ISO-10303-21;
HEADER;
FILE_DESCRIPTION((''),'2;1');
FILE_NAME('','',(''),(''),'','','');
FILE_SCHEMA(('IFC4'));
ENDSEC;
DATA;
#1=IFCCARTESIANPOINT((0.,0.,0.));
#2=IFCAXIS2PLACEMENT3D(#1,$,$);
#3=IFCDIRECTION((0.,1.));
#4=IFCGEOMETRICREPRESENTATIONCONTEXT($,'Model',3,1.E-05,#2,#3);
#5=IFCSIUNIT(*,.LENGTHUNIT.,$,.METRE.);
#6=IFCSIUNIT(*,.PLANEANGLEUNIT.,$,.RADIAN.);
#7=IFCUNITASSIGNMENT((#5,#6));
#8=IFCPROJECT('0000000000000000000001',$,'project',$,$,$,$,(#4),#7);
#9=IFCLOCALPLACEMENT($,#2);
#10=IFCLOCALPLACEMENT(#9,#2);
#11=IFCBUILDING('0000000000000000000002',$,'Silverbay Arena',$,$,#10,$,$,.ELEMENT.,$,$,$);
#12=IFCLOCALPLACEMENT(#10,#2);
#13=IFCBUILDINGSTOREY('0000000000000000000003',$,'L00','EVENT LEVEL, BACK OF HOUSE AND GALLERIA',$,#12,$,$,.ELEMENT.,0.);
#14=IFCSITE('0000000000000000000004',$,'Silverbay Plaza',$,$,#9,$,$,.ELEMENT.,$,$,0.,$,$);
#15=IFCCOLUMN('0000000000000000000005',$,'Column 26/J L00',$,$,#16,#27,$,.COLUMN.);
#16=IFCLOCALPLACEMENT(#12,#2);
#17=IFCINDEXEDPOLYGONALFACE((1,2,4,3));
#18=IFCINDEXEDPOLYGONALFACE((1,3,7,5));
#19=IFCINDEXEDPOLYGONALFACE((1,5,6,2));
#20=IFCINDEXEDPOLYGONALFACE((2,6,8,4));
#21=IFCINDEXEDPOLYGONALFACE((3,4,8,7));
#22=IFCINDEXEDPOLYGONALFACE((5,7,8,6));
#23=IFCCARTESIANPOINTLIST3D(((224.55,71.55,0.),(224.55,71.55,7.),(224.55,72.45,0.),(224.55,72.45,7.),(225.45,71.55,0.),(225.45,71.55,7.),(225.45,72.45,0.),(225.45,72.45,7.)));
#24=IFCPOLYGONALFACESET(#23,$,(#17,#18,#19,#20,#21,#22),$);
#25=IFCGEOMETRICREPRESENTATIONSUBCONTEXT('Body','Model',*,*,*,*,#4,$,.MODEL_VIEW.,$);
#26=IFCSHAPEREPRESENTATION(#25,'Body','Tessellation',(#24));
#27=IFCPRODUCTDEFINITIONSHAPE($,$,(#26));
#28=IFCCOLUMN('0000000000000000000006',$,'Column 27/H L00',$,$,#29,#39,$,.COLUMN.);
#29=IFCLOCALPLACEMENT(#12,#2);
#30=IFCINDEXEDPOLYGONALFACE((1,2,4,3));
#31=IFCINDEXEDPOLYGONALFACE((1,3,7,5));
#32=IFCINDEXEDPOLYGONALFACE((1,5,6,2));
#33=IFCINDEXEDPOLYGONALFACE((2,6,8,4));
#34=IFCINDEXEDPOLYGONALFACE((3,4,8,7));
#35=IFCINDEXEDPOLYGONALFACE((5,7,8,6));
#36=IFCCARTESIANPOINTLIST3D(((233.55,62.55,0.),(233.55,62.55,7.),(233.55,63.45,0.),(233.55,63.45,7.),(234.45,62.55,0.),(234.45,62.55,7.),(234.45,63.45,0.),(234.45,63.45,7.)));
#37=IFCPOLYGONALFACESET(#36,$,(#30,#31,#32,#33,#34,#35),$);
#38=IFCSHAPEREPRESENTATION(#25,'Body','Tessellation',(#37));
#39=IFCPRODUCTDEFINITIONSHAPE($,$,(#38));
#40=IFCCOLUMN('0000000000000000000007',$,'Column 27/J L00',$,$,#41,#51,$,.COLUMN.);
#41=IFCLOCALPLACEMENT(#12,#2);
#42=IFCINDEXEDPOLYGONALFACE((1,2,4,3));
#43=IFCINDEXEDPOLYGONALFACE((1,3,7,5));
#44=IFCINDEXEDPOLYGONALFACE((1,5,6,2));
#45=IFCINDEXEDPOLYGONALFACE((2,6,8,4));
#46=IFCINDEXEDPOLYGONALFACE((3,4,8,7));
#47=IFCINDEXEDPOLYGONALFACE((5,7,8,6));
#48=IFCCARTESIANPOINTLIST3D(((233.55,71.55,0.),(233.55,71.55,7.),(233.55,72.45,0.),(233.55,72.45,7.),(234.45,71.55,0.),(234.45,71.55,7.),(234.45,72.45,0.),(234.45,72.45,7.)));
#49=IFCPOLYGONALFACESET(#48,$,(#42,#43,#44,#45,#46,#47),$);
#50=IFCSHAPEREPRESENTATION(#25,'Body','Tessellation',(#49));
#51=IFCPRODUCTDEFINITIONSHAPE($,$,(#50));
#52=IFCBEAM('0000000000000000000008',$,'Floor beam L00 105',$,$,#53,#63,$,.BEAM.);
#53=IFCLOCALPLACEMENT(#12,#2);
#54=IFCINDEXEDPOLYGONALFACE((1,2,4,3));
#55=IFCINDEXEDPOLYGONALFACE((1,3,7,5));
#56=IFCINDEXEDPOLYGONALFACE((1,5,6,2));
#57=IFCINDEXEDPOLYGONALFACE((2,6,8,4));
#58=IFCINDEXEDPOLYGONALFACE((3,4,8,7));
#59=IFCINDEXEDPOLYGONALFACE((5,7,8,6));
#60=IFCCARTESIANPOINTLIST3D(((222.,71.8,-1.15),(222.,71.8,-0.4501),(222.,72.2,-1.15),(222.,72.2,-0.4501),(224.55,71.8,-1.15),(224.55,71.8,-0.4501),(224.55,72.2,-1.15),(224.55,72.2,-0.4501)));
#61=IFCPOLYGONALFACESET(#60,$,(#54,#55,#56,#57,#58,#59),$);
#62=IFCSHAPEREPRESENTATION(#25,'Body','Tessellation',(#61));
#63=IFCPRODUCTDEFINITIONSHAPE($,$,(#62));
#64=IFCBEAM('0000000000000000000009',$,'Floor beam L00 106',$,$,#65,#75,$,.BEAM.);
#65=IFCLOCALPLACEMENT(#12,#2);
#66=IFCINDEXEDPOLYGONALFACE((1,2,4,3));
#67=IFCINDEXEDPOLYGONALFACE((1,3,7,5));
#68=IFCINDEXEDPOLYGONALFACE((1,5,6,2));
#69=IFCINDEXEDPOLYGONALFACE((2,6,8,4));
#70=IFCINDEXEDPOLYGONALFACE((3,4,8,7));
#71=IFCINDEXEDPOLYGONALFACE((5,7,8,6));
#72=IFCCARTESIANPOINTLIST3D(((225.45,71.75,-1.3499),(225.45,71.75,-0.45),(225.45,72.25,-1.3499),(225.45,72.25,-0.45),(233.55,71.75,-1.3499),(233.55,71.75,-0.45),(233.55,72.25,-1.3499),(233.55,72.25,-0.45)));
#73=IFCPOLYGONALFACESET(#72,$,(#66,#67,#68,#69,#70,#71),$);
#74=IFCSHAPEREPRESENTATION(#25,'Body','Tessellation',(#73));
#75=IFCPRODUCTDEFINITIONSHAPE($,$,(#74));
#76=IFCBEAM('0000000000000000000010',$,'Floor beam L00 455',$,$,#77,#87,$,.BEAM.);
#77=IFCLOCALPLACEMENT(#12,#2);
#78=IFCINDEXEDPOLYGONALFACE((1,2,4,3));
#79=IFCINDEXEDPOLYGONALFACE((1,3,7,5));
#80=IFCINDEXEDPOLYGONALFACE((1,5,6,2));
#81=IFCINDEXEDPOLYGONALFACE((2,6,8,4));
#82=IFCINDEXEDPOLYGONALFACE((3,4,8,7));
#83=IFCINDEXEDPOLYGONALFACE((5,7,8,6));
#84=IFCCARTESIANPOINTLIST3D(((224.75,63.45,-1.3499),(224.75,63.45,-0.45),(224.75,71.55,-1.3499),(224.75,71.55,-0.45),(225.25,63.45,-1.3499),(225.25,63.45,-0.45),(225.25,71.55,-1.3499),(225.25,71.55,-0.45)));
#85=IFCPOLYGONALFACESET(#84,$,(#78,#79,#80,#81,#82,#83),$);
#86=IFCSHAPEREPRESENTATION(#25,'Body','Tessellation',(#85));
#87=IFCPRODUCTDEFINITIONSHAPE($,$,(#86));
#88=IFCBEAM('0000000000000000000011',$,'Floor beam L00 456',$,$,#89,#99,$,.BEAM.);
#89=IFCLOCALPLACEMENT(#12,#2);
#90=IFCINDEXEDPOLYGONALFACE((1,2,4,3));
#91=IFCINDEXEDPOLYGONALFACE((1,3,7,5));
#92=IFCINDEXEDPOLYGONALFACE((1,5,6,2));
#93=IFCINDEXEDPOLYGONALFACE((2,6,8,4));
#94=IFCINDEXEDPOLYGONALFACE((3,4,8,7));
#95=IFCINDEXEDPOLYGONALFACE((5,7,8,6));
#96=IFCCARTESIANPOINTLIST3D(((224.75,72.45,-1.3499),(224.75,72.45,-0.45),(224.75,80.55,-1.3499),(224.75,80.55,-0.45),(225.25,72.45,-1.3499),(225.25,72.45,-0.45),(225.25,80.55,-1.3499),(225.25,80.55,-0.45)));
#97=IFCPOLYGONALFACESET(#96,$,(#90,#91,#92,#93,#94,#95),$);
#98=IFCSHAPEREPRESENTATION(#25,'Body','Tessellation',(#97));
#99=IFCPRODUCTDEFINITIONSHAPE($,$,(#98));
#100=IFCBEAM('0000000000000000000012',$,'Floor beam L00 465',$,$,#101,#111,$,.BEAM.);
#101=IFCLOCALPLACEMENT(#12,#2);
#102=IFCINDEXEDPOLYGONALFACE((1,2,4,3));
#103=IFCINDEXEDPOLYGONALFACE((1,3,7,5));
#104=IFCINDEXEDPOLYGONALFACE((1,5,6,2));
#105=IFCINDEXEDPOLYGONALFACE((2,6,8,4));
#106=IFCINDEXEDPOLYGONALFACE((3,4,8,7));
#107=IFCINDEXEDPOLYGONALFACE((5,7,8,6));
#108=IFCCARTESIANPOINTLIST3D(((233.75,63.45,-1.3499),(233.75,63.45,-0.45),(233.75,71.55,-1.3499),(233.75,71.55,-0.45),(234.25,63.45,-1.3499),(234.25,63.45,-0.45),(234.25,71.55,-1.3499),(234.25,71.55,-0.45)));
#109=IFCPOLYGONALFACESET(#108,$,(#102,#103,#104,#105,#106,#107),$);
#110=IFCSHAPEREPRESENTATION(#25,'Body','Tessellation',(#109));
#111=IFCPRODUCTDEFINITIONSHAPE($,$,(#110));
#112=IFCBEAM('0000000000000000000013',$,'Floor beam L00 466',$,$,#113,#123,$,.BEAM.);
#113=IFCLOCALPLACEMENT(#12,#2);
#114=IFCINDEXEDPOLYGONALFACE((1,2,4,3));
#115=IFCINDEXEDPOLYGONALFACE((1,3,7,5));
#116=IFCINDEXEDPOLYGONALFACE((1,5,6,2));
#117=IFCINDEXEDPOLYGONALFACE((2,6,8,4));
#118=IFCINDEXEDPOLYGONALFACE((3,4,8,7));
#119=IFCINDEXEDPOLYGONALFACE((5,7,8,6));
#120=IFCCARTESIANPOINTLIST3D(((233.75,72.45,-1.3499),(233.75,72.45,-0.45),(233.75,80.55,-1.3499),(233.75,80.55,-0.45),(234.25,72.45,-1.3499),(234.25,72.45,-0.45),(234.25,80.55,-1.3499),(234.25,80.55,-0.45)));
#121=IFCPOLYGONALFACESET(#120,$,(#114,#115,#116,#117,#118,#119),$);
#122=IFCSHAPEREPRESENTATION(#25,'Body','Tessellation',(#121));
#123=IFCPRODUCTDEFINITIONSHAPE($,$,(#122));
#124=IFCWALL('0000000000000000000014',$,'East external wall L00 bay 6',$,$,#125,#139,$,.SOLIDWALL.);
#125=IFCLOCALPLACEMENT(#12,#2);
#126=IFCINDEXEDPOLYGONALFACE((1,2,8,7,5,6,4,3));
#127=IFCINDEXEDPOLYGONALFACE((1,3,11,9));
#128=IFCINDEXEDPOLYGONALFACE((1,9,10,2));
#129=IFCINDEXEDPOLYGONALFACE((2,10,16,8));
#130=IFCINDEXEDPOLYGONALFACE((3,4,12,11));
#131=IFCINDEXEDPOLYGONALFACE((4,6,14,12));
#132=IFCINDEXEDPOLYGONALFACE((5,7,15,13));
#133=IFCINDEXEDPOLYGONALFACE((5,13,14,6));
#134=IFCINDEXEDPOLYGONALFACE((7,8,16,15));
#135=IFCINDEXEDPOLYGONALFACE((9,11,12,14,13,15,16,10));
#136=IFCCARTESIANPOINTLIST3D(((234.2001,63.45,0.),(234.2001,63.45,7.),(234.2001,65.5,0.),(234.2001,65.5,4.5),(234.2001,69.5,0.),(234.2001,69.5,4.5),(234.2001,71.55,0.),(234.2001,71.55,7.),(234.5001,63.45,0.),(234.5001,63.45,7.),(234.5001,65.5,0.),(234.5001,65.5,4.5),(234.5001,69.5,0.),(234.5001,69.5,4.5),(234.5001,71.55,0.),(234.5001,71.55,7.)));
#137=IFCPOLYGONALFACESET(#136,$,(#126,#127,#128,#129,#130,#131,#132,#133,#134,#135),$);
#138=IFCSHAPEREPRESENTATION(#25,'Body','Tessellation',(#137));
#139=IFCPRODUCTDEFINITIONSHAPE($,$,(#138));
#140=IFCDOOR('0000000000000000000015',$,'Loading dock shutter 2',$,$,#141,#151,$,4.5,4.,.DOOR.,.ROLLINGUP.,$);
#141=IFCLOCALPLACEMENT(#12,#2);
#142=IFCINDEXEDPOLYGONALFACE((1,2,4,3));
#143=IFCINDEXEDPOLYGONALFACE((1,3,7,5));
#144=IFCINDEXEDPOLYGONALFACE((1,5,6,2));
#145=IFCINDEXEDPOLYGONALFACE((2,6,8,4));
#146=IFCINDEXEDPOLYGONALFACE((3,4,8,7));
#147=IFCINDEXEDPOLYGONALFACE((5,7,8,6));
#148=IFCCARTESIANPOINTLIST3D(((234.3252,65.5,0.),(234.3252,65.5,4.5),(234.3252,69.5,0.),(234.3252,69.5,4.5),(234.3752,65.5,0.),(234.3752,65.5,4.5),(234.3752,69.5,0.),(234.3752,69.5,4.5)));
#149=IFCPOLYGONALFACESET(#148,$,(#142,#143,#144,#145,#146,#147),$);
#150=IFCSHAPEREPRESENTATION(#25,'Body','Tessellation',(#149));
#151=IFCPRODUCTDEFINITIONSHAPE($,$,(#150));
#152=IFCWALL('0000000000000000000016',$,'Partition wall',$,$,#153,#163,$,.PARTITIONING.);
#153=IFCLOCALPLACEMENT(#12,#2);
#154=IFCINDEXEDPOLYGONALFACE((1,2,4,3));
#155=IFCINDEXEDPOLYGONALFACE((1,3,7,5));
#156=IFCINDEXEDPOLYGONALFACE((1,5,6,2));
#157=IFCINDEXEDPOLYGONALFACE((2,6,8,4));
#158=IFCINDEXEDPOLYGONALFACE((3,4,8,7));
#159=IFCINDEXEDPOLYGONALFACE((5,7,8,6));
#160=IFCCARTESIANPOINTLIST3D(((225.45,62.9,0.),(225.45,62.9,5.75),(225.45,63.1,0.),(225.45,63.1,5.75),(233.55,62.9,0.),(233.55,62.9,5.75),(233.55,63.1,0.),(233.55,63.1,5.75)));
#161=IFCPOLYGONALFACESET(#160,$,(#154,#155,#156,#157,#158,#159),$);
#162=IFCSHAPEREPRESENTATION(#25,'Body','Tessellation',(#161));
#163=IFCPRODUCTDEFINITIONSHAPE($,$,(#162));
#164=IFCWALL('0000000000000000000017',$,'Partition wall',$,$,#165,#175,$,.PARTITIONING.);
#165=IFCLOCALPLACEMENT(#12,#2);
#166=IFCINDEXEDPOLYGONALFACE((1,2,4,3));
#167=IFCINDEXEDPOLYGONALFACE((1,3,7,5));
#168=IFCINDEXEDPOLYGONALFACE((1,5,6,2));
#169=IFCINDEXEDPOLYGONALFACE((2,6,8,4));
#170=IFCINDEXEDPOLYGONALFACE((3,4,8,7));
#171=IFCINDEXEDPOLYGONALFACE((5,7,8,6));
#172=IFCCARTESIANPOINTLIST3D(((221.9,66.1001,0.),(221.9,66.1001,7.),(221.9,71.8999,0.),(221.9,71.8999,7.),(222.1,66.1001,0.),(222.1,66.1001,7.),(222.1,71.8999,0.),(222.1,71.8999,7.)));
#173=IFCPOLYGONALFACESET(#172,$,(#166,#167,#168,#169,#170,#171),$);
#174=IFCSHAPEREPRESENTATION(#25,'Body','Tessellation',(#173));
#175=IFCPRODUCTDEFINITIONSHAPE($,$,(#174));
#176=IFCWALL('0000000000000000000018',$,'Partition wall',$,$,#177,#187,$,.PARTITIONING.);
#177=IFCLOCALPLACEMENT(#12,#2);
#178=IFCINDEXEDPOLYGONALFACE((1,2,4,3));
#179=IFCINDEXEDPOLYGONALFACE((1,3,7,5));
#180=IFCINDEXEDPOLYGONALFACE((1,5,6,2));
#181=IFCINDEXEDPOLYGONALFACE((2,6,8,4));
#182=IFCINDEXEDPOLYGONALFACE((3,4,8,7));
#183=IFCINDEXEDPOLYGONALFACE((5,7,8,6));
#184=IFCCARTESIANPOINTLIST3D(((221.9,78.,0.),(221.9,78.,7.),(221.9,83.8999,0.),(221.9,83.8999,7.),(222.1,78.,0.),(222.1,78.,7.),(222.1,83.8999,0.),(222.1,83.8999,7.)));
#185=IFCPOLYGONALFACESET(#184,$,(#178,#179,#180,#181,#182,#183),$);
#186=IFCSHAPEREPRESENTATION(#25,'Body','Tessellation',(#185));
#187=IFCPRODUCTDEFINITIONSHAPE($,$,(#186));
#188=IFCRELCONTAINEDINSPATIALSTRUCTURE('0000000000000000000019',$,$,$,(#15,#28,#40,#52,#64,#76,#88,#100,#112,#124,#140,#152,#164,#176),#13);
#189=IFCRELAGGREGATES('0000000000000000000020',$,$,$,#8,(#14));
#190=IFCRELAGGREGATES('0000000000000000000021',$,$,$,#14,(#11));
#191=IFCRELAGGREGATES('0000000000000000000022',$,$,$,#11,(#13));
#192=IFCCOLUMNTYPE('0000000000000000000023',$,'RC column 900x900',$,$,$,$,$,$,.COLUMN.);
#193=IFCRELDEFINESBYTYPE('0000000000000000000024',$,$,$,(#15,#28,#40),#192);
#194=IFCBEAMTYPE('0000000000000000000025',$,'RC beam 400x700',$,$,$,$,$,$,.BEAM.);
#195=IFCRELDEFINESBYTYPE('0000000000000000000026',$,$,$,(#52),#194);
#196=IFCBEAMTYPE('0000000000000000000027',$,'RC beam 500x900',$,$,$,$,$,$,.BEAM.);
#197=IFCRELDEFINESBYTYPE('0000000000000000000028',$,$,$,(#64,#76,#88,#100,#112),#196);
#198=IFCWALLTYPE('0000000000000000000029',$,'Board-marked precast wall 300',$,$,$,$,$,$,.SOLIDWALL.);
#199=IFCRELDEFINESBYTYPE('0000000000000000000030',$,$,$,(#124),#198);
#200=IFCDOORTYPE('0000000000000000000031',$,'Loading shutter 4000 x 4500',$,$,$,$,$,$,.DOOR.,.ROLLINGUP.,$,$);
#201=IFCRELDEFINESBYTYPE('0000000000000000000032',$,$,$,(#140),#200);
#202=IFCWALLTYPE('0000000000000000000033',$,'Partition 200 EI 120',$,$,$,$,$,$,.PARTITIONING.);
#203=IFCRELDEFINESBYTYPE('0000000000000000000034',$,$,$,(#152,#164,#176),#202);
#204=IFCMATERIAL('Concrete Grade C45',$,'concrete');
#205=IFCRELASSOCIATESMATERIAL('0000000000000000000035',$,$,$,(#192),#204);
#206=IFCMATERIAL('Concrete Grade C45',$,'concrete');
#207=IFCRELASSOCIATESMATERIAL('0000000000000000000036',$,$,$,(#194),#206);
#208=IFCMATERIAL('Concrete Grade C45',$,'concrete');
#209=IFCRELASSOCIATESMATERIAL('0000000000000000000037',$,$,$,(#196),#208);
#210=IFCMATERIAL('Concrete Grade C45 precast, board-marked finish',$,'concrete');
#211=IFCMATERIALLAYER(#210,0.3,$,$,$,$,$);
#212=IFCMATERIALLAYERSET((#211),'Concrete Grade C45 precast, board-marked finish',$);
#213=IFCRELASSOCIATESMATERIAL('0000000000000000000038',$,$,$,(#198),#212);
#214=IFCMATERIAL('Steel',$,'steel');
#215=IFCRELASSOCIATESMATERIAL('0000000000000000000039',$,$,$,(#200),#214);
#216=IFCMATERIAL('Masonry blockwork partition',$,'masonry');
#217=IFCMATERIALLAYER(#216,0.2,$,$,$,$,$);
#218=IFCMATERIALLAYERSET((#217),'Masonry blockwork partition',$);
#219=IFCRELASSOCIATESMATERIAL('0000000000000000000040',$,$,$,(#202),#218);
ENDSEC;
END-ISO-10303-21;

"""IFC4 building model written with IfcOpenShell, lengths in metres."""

from ifc_helpers import new_model, si_unit, direction, frame, frame_2d, origin, origin_2d, place, context, subcontext, project, spatial, rectangle, extrude, material, layer, layer_set, material_profile, profile_set, type_object, element, fill, save


model = new_model("IFC4")

# Units and contexts
model_context = context("Model", 3, precision=1e-05, world=origin(), true_north=direction((0.0, 1.0)))
body_context = subcontext(model_context, "Body", "Model", "MODEL_VIEW")
ifc_project = project(units=[si_unit("LENGTHUNIT", "METRE"), si_unit("PLANEANGLEUNIT", "RADIAN")], contexts=[model_context])

# Site, building, storey
site_placement = place(None, origin())
site = spatial("IfcSite", under=ifc_project, at=site_placement, Name="Silverbay Plaza", CompositionType="ELEMENT", RefElevation=0.0)
building_placement = place(site_placement, origin())
building = spatial("IfcBuilding", under=site, at=building_placement, Name="Silverbay Arena", CompositionType="ELEMENT")
storey_placement = place(building_placement, origin())
storey = spatial("IfcBuildingStorey", under=building, at=storey_placement, Name="L00", Description="EVENT LEVEL, BACK OF HOUSE AND GALLERIA", CompositionType="ELEMENT", Elevation=0.0)

# Columns
ifc_material_1 = material(Name="Concrete Grade C45", Category="concrete")
ifc_material_profile_1 = material_profile(ifc_material_1, rectangle(XDim=0.8999, YDim=0.8999, at=origin_2d()), Name="RC 900x900")
ifc_profile_set_1 = profile_set([ifc_material_profile_1], Name="Concrete Grade C45")
column_type = type_object("IfcColumnType", Name="RC column 900x900", PredefinedType="COLUMN", material=ifc_profile_set_1)
for number, where, z_axis, x_axis, name in (
    (1, (225.0, 72.0, 0.0), (0.0, 0.0, 1.0), (1.0, 0.0, 0.0), "Column 26/J L00"),
    (2, (234.0, 63.0, 0.0), (0.0, 0.0, 1.0), (1.0, 0.0, 0.0), "Column 27/H L00"),
    (3, (234.0, 72.0, 0.0), (0.0, 0.0, 1.0), (1.0, 0.0, 0.0), "Column 27/J L00"),
):
    element("IfcColumn", number, at=place(storey_placement, frame(where, z_axis=z_axis, x_axis=x_axis)), inside=storey, type_object=column_type, Name=name, PredefinedType="COLUMN", context=body_context, shape_type="SweptSolid", body=[
        extrude(rectangle(XDim=0.8999, YDim=0.8999, at=origin_2d()), origin(), (0.0, 0.0, 1.0), 7.0),
    ])

# Beams
ifc_material_2 = material(Name="Concrete Grade C45", Category="concrete")
ifc_material_profile_2 = material_profile(ifc_material_2, rectangle(XDim=0.3999, YDim=0.7, at=origin_2d()), Name="RC 400x700")
ifc_profile_set_2 = profile_set([ifc_material_profile_2], Name="Concrete Grade C45")
beam_type_1 = type_object("IfcBeamType", Name="RC beam 400x700", PredefinedType="BEAM", material=ifc_profile_set_2)
beam_placement = place(storey_placement, frame((222.0, 72.0, -0.8), z_axis=(1.0, 0.0, 0.0), x_axis=(0.0, 1.0, 0.0)))
element("IfcBeam", 4, at=beam_placement, inside=storey, type_object=beam_type_1, Name="Floor beam L00 105", PredefinedType="BEAM", context=body_context, shape_type="SweptSolid", body=[
    extrude(rectangle(XDim=0.3999, YDim=0.7, at=origin_2d()), origin(), (0.0, 0.0, 1.0), 2.55),
])
ifc_material_3 = material(Name="Concrete Grade C45", Category="concrete")
ifc_material_profile_3 = material_profile(ifc_material_3, rectangle(XDim=0.5, YDim=0.8999, at=origin_2d()), Name="RC 500x900")
ifc_profile_set_3 = profile_set([ifc_material_profile_3], Name="Concrete Grade C45")
beam_type_2 = type_object("IfcBeamType", Name="RC beam 500x900", PredefinedType="BEAM", material=ifc_profile_set_3)
for number, where, z_axis, x_axis, name in (
    (5, (225.45, 72.0, -0.8999), (1.0, 0.0, 0.0), (0.0, 1.0, 0.0), "Floor beam L00 106"),
    (6, (225.0, 63.45, -0.8999), (0.0, 1.0, 0.0), (-1.0, 0.0, 0.0), "Floor beam L00 455"),
    (7, (225.0, 72.45, -0.8999), (0.0, 1.0, 0.0), (-1.0, 0.0, 0.0), "Floor beam L00 456"),
    (8, (234.0, 63.45, -0.8999), (0.0, 1.0, 0.0), (-1.0, 0.0, 0.0), "Floor beam L00 465"),
    (9, (234.0, 72.45, -0.8999), (0.0, 1.0, 0.0), (-1.0, 0.0, 0.0), "Floor beam L00 466"),
):
    element("IfcBeam", number, at=place(storey_placement, frame(where, z_axis=z_axis, x_axis=x_axis)), inside=storey, type_object=beam_type_2, Name=name, PredefinedType="BEAM", context=body_context, shape_type="SweptSolid", body=[
        extrude(rectangle(XDim=0.5, YDim=0.8999, at=origin_2d()), origin(), (0.0, 0.0, 1.0), 8.1001),
    ])

# Wall, opening, door
ifc_material_4 = material(Name="Concrete Grade C45 precast, board-marked finish", Category="concrete")
ifc_layer_1 = layer(ifc_material_4, 0.3)
ifc_layer_set_1 = layer_set([ifc_layer_1], Name="Concrete Grade C45 precast, board-marked finish")
wall_type_1 = type_object("IfcWallType", Name="Board-marked precast wall 300", PredefinedType="SOLIDWALL", material=ifc_layer_set_1)
wall_1_placement = place(storey_placement, frame((234.3501, 63.45, 0.0), z_axis=(0.0, 0.0, 1.0), x_axis=(0.0, 1.0, 0.0)))
wall_1 = element("IfcWall", 10, at=wall_1_placement, inside=storey, type_object=wall_type_1, Name="East external wall L00 bay 6", PredefinedType="SOLIDWALL", context=body_context, shape_type="SweptSolid", body=[
    extrude(rectangle(XDim=8.1001, YDim=0.3, at=frame_2d((4.05, 0.0))), origin(), (0.0, 0.0, 1.0), 7.0),
])
opening_1_placement = place(wall_1_placement, frame((2.05, 0.0, 0.0)))
opening_1 = element("IfcOpeningElement", 11, at=opening_1_placement, cuts=wall_1, PredefinedType="OPENING", context=body_context, shape_type="SweptSolid", body=[
    extrude(rectangle(XDim=4.0, YDim=4.5, at=frame_2d((2.0, 2.25))), frame((0.0, 0.1602, 0.0), z_axis=(0.0, -1.0, 0.0), x_axis=(1.0, 0.0, 0.0)), (0.0, 0.0, 1.0), 0.3201),
])
ifc_material_5 = material(Name="Steel", Category="steel")
door_type_1 = type_object("IfcDoorType", Name="Loading shutter 4000 x 4500", OperationType="ROLLINGUP", PredefinedType="DOOR", material=ifc_material_5)
door_1_placement = place(opening_1_placement, origin())
door_1 = element("IfcDoor", 12, at=door_1_placement, inside=storey, type_object=door_type_1, Name="Loading dock shutter 2", OperationType="ROLLINGUP", OverallHeight=4.5, OverallWidth=4.0, PredefinedType="DOOR", context=body_context, shape_type="SweptSolid", body=[
    extrude(rectangle(XDim=4.0, YDim=4.5, at=frame_2d((2.0, 2.25))), frame((0.0, 0.0249, 0.0), z_axis=(0.0, -1.0, 0.0), x_axis=(1.0, 0.0, 0.0)), (0.0, 0.0, 1.0), 0.05),
])
fill(opening_1, door_1)

# Walls
ifc_material_6 = material(Name="Masonry blockwork partition", Category="masonry")
ifc_layer_2 = layer(ifc_material_6, 0.2)
ifc_layer_set_2 = layer_set([ifc_layer_2], Name="Masonry blockwork partition")
wall_type_2 = type_object("IfcWallType", Name="Partition 200 EI 120", PredefinedType="PARTITIONING", material=ifc_layer_set_2)
wall_2_placement = place(storey_placement, frame((225.45, 63.0, 0.0), z_axis=(0.0, 0.0, 1.0), x_axis=(1.0, 0.0, 0.0)))
element("IfcWall", 13, at=wall_2_placement, inside=storey, type_object=wall_type_2, Name="Partition wall", PredefinedType="PARTITIONING", context=body_context, shape_type="SweptSolid", body=[
    extrude(rectangle(XDim=8.1001, YDim=0.2, at=frame_2d((4.05, 0.0))), origin(), (0.0, 0.0, 1.0), 5.75),
])
wall_3_placement = place(storey_placement, frame((222.0, 66.1001, 0.0), z_axis=(0.0, 0.0, 1.0), x_axis=(0.0, 1.0, 0.0)))
element("IfcWall", 14, at=wall_3_placement, inside=storey, type_object=wall_type_2, Name="Partition wall", PredefinedType="PARTITIONING", context=body_context, shape_type="SweptSolid", body=[
    extrude(rectangle(XDim=5.7998, YDim=0.2, at=frame_2d((2.8999, 0.0))), origin(), (0.0, 0.0, 1.0), 7.0),
])
wall_4_placement = place(storey_placement, frame((222.0, 78.0, 0.0), z_axis=(0.0, 0.0, 1.0), x_axis=(0.0, 1.0, 0.0)))
element("IfcWall", 15, at=wall_4_placement, inside=storey, type_object=wall_type_2, Name="Partition wall", PredefinedType="PARTITIONING", context=body_context, shape_type="SweptSolid", body=[
    extrude(rectangle(XDim=5.8999, YDim=0.2, at=frame_2d((2.95, 0.0))), origin(), (0.0, 0.0, 1.0), 7.0),
])

save(model, "model.ifc")
